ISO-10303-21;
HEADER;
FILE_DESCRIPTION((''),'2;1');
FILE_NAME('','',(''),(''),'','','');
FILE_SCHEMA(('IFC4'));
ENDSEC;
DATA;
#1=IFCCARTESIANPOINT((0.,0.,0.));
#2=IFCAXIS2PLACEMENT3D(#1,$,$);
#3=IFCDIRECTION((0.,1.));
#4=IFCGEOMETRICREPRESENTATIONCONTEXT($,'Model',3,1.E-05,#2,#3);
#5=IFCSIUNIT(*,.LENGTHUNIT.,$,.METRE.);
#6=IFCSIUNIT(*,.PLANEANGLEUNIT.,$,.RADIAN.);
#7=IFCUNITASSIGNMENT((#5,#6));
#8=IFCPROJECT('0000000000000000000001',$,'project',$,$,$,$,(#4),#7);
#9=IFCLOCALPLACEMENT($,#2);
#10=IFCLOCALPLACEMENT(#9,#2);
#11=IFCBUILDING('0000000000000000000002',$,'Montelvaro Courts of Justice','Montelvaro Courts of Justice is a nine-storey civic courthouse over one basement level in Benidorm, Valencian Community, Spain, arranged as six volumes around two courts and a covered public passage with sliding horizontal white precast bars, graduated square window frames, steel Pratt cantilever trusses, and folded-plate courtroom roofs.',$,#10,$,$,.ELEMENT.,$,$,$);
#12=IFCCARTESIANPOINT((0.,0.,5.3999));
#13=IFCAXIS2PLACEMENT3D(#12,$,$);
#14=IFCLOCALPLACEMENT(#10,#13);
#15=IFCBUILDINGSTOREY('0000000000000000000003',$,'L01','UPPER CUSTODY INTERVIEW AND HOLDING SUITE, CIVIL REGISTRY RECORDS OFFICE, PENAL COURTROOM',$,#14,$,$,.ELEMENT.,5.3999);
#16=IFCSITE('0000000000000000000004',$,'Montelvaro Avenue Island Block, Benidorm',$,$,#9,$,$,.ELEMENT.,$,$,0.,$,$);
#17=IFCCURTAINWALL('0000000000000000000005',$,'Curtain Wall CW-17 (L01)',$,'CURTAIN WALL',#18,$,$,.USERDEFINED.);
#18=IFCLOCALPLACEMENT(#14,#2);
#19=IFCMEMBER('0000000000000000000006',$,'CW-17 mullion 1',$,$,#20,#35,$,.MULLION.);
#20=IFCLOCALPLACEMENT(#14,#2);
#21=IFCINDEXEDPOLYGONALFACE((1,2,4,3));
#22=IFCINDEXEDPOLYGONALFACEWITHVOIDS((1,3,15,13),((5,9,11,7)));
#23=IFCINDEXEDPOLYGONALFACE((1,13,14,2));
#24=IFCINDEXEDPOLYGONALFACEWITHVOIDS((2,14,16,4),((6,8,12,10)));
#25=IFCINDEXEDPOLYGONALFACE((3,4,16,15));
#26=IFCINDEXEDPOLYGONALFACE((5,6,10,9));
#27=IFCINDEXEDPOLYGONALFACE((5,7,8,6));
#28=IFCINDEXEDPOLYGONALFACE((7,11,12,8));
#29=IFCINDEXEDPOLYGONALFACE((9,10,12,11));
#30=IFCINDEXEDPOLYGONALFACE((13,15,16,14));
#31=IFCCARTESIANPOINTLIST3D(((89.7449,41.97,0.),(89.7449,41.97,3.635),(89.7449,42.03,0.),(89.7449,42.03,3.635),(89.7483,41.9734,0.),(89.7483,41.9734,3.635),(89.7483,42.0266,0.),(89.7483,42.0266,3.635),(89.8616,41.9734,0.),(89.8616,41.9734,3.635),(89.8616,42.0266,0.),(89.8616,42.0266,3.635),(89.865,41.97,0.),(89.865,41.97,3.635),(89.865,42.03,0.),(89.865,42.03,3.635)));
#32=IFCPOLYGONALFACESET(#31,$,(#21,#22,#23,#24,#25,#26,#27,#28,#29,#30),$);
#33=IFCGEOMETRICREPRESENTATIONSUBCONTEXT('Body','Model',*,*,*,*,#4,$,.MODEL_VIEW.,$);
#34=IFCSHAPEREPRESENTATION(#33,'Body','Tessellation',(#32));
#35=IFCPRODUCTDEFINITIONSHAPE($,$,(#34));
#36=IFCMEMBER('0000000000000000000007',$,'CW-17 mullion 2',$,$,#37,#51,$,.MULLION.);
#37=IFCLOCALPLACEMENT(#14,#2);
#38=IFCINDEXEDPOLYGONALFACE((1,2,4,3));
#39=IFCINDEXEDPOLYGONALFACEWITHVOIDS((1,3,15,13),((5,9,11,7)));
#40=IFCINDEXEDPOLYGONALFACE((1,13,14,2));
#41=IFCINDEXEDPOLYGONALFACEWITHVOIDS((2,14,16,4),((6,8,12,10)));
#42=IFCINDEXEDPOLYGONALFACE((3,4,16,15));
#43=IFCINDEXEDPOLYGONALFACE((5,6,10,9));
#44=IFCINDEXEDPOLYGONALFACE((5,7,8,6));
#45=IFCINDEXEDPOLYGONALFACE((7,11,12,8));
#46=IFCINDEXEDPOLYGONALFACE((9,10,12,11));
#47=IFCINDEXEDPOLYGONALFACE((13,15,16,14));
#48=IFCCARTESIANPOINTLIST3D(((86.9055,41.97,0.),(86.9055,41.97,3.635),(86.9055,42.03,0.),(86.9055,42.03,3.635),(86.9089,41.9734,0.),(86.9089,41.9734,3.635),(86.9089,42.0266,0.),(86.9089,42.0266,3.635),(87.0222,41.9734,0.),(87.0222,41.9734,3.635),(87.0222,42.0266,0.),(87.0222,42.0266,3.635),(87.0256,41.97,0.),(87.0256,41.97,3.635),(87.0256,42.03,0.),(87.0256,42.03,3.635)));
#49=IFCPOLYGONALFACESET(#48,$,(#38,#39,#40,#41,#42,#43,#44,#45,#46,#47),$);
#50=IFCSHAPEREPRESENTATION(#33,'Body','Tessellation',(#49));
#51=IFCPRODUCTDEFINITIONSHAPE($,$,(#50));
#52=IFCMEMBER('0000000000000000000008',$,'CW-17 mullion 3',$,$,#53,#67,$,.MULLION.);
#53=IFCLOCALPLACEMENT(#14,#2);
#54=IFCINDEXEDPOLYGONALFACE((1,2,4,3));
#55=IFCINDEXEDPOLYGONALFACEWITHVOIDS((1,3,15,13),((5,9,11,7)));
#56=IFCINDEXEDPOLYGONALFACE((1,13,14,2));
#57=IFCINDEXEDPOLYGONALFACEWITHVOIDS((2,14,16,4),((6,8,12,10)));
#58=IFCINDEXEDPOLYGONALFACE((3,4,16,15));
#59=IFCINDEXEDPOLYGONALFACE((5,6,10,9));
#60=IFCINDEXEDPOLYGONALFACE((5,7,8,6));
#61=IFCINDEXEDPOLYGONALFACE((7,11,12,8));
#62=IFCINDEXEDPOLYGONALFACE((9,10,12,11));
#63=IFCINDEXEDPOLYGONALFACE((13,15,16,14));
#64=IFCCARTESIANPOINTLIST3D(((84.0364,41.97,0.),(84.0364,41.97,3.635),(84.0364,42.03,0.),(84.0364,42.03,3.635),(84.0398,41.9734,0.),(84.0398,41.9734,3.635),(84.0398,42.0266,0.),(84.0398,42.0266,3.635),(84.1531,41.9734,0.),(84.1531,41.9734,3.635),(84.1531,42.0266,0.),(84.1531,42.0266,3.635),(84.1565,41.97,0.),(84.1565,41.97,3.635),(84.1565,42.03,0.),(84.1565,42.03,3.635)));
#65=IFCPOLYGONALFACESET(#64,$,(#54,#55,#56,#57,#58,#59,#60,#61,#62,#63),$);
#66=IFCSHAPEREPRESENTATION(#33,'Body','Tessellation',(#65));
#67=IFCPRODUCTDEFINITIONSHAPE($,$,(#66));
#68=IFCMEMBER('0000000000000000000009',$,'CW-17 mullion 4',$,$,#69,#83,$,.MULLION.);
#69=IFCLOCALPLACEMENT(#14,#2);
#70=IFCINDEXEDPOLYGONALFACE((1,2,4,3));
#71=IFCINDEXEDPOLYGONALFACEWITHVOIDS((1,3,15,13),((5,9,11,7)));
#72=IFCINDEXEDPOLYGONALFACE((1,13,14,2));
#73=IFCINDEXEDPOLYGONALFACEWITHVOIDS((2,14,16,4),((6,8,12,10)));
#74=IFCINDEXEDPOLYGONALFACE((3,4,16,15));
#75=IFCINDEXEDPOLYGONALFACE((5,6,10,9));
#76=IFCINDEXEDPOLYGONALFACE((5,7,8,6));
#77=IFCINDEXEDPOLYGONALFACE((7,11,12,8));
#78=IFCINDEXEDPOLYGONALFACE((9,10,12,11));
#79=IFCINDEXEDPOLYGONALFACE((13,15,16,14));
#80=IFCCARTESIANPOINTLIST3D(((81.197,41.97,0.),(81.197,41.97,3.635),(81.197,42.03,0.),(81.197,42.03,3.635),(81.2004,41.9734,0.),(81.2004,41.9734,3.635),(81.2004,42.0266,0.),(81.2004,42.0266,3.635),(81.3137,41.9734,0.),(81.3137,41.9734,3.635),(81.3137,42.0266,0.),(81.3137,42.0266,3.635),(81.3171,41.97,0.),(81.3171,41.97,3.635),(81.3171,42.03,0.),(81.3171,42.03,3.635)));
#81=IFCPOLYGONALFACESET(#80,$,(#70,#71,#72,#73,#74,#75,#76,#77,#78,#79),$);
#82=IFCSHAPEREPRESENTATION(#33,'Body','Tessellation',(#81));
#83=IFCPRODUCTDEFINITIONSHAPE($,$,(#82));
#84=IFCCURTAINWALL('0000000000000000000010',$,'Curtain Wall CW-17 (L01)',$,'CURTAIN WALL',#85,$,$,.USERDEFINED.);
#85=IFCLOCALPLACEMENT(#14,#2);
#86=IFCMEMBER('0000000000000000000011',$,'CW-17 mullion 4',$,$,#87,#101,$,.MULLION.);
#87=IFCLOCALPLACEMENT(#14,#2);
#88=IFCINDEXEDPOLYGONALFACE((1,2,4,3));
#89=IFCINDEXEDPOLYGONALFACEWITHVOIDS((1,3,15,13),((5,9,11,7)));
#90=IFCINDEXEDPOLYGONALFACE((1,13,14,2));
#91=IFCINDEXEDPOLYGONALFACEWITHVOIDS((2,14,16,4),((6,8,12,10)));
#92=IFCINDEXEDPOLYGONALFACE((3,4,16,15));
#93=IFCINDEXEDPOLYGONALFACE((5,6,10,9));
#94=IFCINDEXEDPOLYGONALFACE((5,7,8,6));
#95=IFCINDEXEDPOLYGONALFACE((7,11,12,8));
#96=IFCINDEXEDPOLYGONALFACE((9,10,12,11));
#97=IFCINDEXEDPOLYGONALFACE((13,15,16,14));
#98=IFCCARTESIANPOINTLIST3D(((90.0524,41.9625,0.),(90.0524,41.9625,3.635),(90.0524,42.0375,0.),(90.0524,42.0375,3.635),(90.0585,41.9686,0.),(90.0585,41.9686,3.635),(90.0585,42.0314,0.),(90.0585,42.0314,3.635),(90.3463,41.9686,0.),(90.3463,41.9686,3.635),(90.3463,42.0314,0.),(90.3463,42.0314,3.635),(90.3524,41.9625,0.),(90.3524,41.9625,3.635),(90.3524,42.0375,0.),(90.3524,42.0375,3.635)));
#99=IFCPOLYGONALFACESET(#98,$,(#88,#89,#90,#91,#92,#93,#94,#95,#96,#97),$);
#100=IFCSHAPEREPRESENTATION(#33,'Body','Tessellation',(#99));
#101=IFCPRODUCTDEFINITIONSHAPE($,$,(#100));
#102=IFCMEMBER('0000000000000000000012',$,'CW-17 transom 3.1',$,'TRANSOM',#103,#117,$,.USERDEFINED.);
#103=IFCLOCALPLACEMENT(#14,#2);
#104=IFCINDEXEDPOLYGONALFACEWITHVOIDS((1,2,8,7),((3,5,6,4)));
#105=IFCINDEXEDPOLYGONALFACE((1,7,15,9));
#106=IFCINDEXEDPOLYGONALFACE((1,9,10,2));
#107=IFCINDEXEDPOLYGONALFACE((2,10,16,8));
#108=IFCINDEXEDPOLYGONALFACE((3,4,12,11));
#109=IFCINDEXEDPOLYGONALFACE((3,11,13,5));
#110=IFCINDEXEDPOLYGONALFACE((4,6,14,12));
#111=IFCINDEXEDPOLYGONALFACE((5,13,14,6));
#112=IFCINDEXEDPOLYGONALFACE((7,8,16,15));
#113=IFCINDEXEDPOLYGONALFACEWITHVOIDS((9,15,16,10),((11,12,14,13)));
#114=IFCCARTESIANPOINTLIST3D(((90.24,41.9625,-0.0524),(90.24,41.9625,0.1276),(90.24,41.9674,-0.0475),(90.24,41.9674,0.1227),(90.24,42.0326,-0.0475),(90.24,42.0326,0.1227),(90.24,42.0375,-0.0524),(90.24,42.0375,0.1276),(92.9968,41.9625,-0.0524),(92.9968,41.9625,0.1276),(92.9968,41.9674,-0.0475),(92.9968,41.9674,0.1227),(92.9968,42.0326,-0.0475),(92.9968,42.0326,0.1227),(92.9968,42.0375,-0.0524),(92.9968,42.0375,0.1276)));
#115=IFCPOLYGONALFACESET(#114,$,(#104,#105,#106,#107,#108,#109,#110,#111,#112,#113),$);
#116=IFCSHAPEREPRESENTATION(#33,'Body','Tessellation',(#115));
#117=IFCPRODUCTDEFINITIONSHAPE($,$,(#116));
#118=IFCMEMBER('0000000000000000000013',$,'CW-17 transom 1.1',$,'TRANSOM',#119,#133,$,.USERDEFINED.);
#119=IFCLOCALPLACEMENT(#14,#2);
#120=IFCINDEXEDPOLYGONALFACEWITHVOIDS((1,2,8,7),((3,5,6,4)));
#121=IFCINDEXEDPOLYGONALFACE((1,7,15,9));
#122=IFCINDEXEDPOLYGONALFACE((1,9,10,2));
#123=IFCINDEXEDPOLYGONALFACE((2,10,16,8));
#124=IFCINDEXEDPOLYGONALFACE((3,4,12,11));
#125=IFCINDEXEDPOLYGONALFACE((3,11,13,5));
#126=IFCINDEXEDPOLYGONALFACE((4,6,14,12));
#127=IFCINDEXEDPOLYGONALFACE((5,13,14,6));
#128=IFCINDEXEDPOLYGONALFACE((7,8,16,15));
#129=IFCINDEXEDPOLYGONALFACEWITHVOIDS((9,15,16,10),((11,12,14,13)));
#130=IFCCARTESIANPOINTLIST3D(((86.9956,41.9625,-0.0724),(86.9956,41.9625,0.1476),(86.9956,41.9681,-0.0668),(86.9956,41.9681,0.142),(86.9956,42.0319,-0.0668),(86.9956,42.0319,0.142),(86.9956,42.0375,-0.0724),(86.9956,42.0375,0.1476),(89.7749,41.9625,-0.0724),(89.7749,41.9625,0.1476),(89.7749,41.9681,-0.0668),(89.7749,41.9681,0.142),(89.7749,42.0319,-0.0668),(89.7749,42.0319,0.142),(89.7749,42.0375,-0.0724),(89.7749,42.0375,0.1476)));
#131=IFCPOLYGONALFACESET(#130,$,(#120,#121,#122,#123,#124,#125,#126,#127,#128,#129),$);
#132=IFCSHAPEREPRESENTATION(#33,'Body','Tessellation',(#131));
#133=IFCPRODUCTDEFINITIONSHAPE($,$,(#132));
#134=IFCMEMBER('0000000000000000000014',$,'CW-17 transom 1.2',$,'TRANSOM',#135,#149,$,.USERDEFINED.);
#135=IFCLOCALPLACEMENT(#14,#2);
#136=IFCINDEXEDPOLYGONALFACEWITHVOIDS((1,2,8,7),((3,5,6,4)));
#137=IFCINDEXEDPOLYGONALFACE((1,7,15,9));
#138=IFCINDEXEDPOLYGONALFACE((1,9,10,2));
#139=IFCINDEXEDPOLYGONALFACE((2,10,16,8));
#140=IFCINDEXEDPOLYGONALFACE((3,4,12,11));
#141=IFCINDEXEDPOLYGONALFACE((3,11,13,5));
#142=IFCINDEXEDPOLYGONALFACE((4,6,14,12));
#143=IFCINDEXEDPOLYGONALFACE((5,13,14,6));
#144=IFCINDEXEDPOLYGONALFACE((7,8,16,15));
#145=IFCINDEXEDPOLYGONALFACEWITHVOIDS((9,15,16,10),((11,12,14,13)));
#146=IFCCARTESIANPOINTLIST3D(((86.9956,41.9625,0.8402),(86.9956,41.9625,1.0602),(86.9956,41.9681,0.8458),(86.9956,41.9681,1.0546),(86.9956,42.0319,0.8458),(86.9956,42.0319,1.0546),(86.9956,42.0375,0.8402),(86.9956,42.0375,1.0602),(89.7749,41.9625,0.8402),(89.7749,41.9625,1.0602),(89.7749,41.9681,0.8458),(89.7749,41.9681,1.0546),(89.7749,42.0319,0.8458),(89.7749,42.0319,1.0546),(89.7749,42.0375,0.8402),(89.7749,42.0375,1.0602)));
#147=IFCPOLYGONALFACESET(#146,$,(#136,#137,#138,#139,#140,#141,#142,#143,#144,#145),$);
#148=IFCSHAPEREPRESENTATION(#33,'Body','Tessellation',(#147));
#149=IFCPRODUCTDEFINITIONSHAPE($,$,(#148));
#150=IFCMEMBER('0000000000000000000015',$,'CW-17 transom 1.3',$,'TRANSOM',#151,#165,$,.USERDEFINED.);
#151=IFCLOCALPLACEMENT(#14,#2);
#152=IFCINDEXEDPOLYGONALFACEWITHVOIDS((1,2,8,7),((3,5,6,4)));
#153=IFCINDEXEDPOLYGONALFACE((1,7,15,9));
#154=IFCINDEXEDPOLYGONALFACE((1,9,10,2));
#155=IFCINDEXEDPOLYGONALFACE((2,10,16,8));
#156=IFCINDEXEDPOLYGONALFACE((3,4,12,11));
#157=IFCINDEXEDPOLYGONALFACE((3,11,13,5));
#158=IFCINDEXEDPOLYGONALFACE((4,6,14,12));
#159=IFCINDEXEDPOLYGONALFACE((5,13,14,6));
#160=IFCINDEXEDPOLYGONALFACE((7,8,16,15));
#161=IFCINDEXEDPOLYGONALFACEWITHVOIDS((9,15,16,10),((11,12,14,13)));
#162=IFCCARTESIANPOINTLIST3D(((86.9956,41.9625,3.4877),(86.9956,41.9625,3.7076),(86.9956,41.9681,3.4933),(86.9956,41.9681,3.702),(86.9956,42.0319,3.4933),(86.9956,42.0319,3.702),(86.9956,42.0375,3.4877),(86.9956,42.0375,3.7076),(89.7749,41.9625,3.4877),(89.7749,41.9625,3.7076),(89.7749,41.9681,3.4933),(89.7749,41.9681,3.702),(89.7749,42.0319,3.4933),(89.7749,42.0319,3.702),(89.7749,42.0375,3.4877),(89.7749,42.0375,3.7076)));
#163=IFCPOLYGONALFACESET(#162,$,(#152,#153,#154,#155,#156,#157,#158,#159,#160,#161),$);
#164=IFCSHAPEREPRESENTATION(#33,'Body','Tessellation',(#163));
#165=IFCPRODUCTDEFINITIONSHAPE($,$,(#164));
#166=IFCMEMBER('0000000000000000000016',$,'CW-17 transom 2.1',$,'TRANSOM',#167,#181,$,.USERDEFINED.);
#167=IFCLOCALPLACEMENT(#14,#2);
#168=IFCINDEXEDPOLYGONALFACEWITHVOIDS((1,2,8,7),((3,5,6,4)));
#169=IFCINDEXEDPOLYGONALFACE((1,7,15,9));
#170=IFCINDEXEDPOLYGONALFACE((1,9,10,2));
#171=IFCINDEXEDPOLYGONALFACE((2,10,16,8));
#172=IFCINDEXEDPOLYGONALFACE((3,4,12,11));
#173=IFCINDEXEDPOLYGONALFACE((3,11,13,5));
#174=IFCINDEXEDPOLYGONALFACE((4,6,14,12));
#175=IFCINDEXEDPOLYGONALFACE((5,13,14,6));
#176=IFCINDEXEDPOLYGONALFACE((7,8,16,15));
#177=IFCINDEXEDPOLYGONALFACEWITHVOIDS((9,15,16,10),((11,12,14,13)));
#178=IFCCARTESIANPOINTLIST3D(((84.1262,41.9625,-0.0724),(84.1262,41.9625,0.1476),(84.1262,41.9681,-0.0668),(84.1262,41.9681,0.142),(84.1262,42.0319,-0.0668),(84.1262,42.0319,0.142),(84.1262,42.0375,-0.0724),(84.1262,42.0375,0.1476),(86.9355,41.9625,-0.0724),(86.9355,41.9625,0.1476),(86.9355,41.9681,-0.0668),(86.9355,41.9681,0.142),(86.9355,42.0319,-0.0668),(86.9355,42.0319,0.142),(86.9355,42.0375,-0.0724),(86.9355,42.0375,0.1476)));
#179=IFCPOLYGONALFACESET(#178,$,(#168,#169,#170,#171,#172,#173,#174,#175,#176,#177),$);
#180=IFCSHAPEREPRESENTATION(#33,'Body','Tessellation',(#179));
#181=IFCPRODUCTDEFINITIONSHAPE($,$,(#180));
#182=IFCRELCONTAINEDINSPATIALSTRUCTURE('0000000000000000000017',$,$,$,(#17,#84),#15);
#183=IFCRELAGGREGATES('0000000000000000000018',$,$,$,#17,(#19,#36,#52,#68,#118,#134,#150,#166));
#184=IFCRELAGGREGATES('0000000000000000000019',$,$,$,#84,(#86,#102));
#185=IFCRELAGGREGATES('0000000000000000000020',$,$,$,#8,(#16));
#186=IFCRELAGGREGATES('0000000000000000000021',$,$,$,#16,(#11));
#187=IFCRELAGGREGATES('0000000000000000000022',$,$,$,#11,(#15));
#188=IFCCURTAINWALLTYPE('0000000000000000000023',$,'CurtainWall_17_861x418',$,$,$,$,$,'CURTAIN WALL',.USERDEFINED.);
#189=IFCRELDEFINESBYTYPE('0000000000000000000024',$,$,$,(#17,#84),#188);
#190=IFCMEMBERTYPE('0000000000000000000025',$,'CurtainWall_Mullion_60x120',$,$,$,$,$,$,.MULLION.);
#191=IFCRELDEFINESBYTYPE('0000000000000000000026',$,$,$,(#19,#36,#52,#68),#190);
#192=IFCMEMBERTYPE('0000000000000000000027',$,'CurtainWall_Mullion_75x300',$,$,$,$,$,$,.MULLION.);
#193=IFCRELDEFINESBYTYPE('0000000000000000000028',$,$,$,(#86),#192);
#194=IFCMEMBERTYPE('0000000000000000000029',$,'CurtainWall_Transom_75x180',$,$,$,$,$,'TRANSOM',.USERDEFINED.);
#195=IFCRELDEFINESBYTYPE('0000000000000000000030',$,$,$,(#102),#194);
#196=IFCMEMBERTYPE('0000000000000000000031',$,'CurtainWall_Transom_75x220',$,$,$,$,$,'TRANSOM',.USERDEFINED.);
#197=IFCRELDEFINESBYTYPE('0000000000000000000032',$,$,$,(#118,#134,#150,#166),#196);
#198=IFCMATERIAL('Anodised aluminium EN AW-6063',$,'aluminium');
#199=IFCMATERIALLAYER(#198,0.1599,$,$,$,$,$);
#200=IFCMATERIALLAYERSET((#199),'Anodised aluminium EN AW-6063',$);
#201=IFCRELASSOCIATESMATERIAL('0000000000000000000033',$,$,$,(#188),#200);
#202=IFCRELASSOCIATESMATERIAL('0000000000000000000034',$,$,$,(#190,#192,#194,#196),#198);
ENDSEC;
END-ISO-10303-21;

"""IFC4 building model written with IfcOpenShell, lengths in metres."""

from ifc_helpers import new_model, si_unit, direction, frame, origin, origin_2d, place, context, subcontext, project, spatial, hollow_rectangle, extrude, material, layer, layer_set, material_profile, profile_set, type_object, element, aggregate, save


model = new_model("IFC4")

# Units and contexts
model_context = context("Model", 3, precision=1e-05, world=origin(), true_north=direction((0.0, 1.0)))
body_context = subcontext(model_context, "Body", "Model", "MODEL_VIEW")
ifc_project = project(units=[si_unit("LENGTHUNIT", "METRE"), si_unit("PLANEANGLEUNIT", "RADIAN")], contexts=[model_context])

# Site, building, storey
site_placement = place(None, origin())
site = spatial("IfcSite", under=ifc_project, at=site_placement, Name="Montelvaro Avenue Island Block, Benidorm", CompositionType="ELEMENT", RefElevation=0.0)
building_placement = place(site_placement, origin())
building = spatial("IfcBuilding", under=site, at=building_placement, Name="Montelvaro Courts of Justice", Description="Montelvaro Courts of Justice is a nine-storey civic courthouse over one basement level in Benidorm, Valencian Community, Spain, arranged as six volumes around two courts and a covered public passage with sliding horizontal white precast bars, graduated square window frames, steel Pratt cantilever trusses, and folded-plate courtroom roofs.", CompositionType="ELEMENT")
storey_placement = place(building_placement, frame((0.0, 0.0, 5.3999)))
storey = spatial("IfcBuildingStorey", under=building, at=storey_placement, Name="L01", Description="UPPER CUSTODY INTERVIEW AND HOLDING SUITE, CIVIL REGISTRY RECORDS OFFICE, PENAL COURTROOM", CompositionType="ELEMENT", Elevation=5.3999)

# Curtain walls, members
ifc_material_1 = material(Name="Anodised aluminium EN AW-6063", Category="aluminium")
ifc_layer_1 = layer(ifc_material_1, 0.1599)
ifc_layer_set_1 = layer_set([ifc_layer_1], Name="Anodised aluminium EN AW-6063")
curtain_wall_type = type_object("IfcCurtainWallType", Name="CurtainWall_17_861x418", ElementType="CURTAIN WALL", PredefinedType="USERDEFINED", material=ifc_layer_set_1)
curtain_wall_1_placement = place(storey_placement, origin())
curtain_wall_1 = element("IfcCurtainWall", 1, at=curtain_wall_1_placement, inside=storey, type_object=curtain_wall_type, Name="Curtain Wall CW-17 (L01)", ObjectType="CURTAIN WALL", PredefinedType="USERDEFINED")
ifc_material_profile_1 = material_profile(ifc_material_1, hollow_rectangle(XDim=0.0601, YDim=0.1201, WallThickness=0.0034, at=origin_2d()), Name="ALU-M 60x120")
ifc_profile_set_1 = profile_set([ifc_material_profile_1], Name="Anodised aluminium EN AW-6063")
member_type_1 = type_object("IfcMemberType", Name="CurtainWall_Mullion_60x120", PredefinedType="MULLION", material=ifc_profile_set_1)
member_1_placement = place(storey_placement, frame((89.8049, 42.0, 0.0), z_axis=(0.0, 0.0, 1.0), x_axis=(0.0, -1.0, 0.0)))
member_1 = element("IfcMember", 2, at=member_1_placement, type_object=member_type_1, Name="CW-17 mullion 1", PredefinedType="MULLION", context=body_context, shape_type="SweptSolid", body=[
    extrude(hollow_rectangle(XDim=0.0601, YDim=0.1201, WallThickness=0.0034, at=origin_2d()), origin(), (0.0, 0.0, 1.0), 3.635),
])
member_2_placement = place(storey_placement, frame((86.9656, 42.0, 0.0), z_axis=(0.0, 0.0, 1.0), x_axis=(0.0, -1.0, 0.0)))
member_2 = element("IfcMember", 3, at=member_2_placement, type_object=member_type_1, Name="CW-17 mullion 2", PredefinedType="MULLION", context=body_context, shape_type="SweptSolid", body=[
    extrude(hollow_rectangle(XDim=0.0601, YDim=0.1201, WallThickness=0.0034, at=origin_2d()), origin(), (0.0, 0.0, 1.0), 3.635),
])
member_3_placement = place(storey_placement, frame((84.0964, 42.0, 0.0), z_axis=(0.0, 0.0, 1.0), x_axis=(0.0, -1.0, 0.0)))
member_3 = element("IfcMember", 4, at=member_3_placement, type_object=member_type_1, Name="CW-17 mullion 3", PredefinedType="MULLION", context=body_context, shape_type="SweptSolid", body=[
    extrude(hollow_rectangle(XDim=0.0601, YDim=0.1201, WallThickness=0.0034, at=origin_2d()), origin(), (0.0, 0.0, 1.0), 3.635),
])
member_4_placement = place(storey_placement, frame((81.2571, 42.0, 0.0), z_axis=(0.0, 0.0, 1.0), x_axis=(0.0, -1.0, 0.0)))
member_4 = element("IfcMember", 5, at=member_4_placement, type_object=member_type_1, Name="CW-17 mullion 4", PredefinedType="MULLION", context=body_context, shape_type="SweptSolid", body=[
    extrude(hollow_rectangle(XDim=0.0601, YDim=0.1201, WallThickness=0.0034, at=origin_2d()), origin(), (0.0, 0.0, 1.0), 3.635),
])
curtain_wall_2_placement = place(storey_placement, origin())
curtain_wall_2 = element("IfcCurtainWall", 6, at=curtain_wall_2_placement, inside=storey, type_object=curtain_wall_type, Name="Curtain Wall CW-17 (L01)", ObjectType="CURTAIN WALL", PredefinedType="USERDEFINED")
ifc_material_profile_2 = material_profile(ifc_material_1, hollow_rectangle(XDim=0.075, YDim=0.3, WallThickness=0.0061, at=origin_2d()), Name="ALU-M 75x300")
ifc_profile_set_2 = profile_set([ifc_material_profile_2], Name="Anodised aluminium EN AW-6063")
member_type_2 = type_object("IfcMemberType", Name="CurtainWall_Mullion_75x300", PredefinedType="MULLION", material=ifc_profile_set_2)
member_5_placement = place(storey_placement, frame((90.2024, 42.0, 0.0), z_axis=(0.0, 0.0, 1.0), x_axis=(0.0, -1.0, 0.0)))
member_5 = element("IfcMember", 7, at=member_5_placement, type_object=member_type_2, Name="CW-17 mullion 4", PredefinedType="MULLION", context=body_context, shape_type="SweptSolid", body=[
    extrude(hollow_rectangle(XDim=0.075, YDim=0.3, WallThickness=0.0061, at=origin_2d()), origin(), (0.0, 0.0, 1.0), 3.635),
])
ifc_material_profile_3 = material_profile(ifc_material_1, hollow_rectangle(XDim=0.075, YDim=0.1799, WallThickness=0.0049, at=origin_2d()), Name="ALU-T 75x180")
ifc_profile_set_3 = profile_set([ifc_material_profile_3], Name="Anodised aluminium EN AW-6063")
member_type_3 = type_object("IfcMemberType", Name="CurtainWall_Transom_75x180", ElementType="TRANSOM", PredefinedType="USERDEFINED", material=ifc_profile_set_3)
member_6_placement = place(storey_placement, frame((92.9968, 42.0, 0.0376), z_axis=(-1.0, 0.0, 0.0), x_axis=(0.0, -1.0, 0.0)))
member_6 = element("IfcMember", 8, at=member_6_placement, type_object=member_type_3, Name="CW-17 transom 3.1", ObjectType="TRANSOM", PredefinedType="USERDEFINED", context=body_context, shape_type="SweptSolid", body=[
    extrude(hollow_rectangle(XDim=0.075, YDim=0.1799, WallThickness=0.0049, at=origin_2d()), origin(), (0.0, 0.0, 1.0), 2.7568),
])

# Members
ifc_material_profile_4 = material_profile(ifc_material_1, hollow_rectangle(XDim=0.075, YDim=0.22, WallThickness=0.0056, at=origin_2d()), Name="ALU-T 75x220")
ifc_profile_set_4 = profile_set([ifc_material_profile_4], Name="Anodised aluminium EN AW-6063")
member_type_4 = type_object("IfcMemberType", Name="CurtainWall_Transom_75x220", ElementType="TRANSOM", PredefinedType="USERDEFINED", material=ifc_profile_set_4)
member_7_placement = place(storey_placement, frame((89.7749, 42.0, 0.0376), z_axis=(-1.0, 0.0, 0.0), x_axis=(0.0, -1.0, 0.0)))
member_7 = element("IfcMember", 9, at=member_7_placement, type_object=member_type_4, Name="CW-17 transom 1.1", ObjectType="TRANSOM", PredefinedType="USERDEFINED", context=body_context, shape_type="SweptSolid", body=[
    extrude(hollow_rectangle(XDim=0.075, YDim=0.22, WallThickness=0.0056, at=origin_2d()), origin(), (0.0, 0.0, 1.0), 2.7793),
])
member_8_placement = place(storey_placement, frame((89.7749, 42.0, 0.9502), z_axis=(-1.0, 0.0, 0.0), x_axis=(0.0, -1.0, 0.0)))
member_8 = element("IfcMember", 10, at=member_8_placement, type_object=member_type_4, Name="CW-17 transom 1.2", ObjectType="TRANSOM", PredefinedType="USERDEFINED", context=body_context, shape_type="SweptSolid", body=[
    extrude(hollow_rectangle(XDim=0.075, YDim=0.22, WallThickness=0.0056, at=origin_2d()), origin(), (0.0, 0.0, 1.0), 2.7793),
])
member_9_placement = place(storey_placement, frame((89.7749, 42.0, 3.5977), z_axis=(-1.0, 0.0, 0.0), x_axis=(0.0, -1.0, 0.0)))
member_9 = element("IfcMember", 11, at=member_9_placement, type_object=member_type_4, Name="CW-17 transom 1.3", ObjectType="TRANSOM", PredefinedType="USERDEFINED", context=body_context, shape_type="SweptSolid", body=[
    extrude(hollow_rectangle(XDim=0.075, YDim=0.22, WallThickness=0.0056, at=origin_2d()), origin(), (0.0, 0.0, 1.0), 2.7793),
])
member_10_placement = place(storey_placement, frame((86.9355, 42.0, 0.0376), z_axis=(-1.0, 0.0, 0.0), x_axis=(0.0, -1.0, 0.0)))
member_10 = element("IfcMember", 12, at=member_10_placement, type_object=member_type_4, Name="CW-17 transom 2.1", ObjectType="TRANSOM", PredefinedType="USERDEFINED", context=body_context, shape_type="SweptSolid", body=[
    extrude(hollow_rectangle(XDim=0.075, YDim=0.22, WallThickness=0.0056, at=origin_2d()), origin(), (0.0, 0.0, 1.0), 2.8093),
])

aggregate(curtain_wall_1, [member_1, member_2, member_3, member_4, member_7, member_8, member_9, member_10])
aggregate(curtain_wall_2, [member_5, member_6])

save(model, "model.ifc")
